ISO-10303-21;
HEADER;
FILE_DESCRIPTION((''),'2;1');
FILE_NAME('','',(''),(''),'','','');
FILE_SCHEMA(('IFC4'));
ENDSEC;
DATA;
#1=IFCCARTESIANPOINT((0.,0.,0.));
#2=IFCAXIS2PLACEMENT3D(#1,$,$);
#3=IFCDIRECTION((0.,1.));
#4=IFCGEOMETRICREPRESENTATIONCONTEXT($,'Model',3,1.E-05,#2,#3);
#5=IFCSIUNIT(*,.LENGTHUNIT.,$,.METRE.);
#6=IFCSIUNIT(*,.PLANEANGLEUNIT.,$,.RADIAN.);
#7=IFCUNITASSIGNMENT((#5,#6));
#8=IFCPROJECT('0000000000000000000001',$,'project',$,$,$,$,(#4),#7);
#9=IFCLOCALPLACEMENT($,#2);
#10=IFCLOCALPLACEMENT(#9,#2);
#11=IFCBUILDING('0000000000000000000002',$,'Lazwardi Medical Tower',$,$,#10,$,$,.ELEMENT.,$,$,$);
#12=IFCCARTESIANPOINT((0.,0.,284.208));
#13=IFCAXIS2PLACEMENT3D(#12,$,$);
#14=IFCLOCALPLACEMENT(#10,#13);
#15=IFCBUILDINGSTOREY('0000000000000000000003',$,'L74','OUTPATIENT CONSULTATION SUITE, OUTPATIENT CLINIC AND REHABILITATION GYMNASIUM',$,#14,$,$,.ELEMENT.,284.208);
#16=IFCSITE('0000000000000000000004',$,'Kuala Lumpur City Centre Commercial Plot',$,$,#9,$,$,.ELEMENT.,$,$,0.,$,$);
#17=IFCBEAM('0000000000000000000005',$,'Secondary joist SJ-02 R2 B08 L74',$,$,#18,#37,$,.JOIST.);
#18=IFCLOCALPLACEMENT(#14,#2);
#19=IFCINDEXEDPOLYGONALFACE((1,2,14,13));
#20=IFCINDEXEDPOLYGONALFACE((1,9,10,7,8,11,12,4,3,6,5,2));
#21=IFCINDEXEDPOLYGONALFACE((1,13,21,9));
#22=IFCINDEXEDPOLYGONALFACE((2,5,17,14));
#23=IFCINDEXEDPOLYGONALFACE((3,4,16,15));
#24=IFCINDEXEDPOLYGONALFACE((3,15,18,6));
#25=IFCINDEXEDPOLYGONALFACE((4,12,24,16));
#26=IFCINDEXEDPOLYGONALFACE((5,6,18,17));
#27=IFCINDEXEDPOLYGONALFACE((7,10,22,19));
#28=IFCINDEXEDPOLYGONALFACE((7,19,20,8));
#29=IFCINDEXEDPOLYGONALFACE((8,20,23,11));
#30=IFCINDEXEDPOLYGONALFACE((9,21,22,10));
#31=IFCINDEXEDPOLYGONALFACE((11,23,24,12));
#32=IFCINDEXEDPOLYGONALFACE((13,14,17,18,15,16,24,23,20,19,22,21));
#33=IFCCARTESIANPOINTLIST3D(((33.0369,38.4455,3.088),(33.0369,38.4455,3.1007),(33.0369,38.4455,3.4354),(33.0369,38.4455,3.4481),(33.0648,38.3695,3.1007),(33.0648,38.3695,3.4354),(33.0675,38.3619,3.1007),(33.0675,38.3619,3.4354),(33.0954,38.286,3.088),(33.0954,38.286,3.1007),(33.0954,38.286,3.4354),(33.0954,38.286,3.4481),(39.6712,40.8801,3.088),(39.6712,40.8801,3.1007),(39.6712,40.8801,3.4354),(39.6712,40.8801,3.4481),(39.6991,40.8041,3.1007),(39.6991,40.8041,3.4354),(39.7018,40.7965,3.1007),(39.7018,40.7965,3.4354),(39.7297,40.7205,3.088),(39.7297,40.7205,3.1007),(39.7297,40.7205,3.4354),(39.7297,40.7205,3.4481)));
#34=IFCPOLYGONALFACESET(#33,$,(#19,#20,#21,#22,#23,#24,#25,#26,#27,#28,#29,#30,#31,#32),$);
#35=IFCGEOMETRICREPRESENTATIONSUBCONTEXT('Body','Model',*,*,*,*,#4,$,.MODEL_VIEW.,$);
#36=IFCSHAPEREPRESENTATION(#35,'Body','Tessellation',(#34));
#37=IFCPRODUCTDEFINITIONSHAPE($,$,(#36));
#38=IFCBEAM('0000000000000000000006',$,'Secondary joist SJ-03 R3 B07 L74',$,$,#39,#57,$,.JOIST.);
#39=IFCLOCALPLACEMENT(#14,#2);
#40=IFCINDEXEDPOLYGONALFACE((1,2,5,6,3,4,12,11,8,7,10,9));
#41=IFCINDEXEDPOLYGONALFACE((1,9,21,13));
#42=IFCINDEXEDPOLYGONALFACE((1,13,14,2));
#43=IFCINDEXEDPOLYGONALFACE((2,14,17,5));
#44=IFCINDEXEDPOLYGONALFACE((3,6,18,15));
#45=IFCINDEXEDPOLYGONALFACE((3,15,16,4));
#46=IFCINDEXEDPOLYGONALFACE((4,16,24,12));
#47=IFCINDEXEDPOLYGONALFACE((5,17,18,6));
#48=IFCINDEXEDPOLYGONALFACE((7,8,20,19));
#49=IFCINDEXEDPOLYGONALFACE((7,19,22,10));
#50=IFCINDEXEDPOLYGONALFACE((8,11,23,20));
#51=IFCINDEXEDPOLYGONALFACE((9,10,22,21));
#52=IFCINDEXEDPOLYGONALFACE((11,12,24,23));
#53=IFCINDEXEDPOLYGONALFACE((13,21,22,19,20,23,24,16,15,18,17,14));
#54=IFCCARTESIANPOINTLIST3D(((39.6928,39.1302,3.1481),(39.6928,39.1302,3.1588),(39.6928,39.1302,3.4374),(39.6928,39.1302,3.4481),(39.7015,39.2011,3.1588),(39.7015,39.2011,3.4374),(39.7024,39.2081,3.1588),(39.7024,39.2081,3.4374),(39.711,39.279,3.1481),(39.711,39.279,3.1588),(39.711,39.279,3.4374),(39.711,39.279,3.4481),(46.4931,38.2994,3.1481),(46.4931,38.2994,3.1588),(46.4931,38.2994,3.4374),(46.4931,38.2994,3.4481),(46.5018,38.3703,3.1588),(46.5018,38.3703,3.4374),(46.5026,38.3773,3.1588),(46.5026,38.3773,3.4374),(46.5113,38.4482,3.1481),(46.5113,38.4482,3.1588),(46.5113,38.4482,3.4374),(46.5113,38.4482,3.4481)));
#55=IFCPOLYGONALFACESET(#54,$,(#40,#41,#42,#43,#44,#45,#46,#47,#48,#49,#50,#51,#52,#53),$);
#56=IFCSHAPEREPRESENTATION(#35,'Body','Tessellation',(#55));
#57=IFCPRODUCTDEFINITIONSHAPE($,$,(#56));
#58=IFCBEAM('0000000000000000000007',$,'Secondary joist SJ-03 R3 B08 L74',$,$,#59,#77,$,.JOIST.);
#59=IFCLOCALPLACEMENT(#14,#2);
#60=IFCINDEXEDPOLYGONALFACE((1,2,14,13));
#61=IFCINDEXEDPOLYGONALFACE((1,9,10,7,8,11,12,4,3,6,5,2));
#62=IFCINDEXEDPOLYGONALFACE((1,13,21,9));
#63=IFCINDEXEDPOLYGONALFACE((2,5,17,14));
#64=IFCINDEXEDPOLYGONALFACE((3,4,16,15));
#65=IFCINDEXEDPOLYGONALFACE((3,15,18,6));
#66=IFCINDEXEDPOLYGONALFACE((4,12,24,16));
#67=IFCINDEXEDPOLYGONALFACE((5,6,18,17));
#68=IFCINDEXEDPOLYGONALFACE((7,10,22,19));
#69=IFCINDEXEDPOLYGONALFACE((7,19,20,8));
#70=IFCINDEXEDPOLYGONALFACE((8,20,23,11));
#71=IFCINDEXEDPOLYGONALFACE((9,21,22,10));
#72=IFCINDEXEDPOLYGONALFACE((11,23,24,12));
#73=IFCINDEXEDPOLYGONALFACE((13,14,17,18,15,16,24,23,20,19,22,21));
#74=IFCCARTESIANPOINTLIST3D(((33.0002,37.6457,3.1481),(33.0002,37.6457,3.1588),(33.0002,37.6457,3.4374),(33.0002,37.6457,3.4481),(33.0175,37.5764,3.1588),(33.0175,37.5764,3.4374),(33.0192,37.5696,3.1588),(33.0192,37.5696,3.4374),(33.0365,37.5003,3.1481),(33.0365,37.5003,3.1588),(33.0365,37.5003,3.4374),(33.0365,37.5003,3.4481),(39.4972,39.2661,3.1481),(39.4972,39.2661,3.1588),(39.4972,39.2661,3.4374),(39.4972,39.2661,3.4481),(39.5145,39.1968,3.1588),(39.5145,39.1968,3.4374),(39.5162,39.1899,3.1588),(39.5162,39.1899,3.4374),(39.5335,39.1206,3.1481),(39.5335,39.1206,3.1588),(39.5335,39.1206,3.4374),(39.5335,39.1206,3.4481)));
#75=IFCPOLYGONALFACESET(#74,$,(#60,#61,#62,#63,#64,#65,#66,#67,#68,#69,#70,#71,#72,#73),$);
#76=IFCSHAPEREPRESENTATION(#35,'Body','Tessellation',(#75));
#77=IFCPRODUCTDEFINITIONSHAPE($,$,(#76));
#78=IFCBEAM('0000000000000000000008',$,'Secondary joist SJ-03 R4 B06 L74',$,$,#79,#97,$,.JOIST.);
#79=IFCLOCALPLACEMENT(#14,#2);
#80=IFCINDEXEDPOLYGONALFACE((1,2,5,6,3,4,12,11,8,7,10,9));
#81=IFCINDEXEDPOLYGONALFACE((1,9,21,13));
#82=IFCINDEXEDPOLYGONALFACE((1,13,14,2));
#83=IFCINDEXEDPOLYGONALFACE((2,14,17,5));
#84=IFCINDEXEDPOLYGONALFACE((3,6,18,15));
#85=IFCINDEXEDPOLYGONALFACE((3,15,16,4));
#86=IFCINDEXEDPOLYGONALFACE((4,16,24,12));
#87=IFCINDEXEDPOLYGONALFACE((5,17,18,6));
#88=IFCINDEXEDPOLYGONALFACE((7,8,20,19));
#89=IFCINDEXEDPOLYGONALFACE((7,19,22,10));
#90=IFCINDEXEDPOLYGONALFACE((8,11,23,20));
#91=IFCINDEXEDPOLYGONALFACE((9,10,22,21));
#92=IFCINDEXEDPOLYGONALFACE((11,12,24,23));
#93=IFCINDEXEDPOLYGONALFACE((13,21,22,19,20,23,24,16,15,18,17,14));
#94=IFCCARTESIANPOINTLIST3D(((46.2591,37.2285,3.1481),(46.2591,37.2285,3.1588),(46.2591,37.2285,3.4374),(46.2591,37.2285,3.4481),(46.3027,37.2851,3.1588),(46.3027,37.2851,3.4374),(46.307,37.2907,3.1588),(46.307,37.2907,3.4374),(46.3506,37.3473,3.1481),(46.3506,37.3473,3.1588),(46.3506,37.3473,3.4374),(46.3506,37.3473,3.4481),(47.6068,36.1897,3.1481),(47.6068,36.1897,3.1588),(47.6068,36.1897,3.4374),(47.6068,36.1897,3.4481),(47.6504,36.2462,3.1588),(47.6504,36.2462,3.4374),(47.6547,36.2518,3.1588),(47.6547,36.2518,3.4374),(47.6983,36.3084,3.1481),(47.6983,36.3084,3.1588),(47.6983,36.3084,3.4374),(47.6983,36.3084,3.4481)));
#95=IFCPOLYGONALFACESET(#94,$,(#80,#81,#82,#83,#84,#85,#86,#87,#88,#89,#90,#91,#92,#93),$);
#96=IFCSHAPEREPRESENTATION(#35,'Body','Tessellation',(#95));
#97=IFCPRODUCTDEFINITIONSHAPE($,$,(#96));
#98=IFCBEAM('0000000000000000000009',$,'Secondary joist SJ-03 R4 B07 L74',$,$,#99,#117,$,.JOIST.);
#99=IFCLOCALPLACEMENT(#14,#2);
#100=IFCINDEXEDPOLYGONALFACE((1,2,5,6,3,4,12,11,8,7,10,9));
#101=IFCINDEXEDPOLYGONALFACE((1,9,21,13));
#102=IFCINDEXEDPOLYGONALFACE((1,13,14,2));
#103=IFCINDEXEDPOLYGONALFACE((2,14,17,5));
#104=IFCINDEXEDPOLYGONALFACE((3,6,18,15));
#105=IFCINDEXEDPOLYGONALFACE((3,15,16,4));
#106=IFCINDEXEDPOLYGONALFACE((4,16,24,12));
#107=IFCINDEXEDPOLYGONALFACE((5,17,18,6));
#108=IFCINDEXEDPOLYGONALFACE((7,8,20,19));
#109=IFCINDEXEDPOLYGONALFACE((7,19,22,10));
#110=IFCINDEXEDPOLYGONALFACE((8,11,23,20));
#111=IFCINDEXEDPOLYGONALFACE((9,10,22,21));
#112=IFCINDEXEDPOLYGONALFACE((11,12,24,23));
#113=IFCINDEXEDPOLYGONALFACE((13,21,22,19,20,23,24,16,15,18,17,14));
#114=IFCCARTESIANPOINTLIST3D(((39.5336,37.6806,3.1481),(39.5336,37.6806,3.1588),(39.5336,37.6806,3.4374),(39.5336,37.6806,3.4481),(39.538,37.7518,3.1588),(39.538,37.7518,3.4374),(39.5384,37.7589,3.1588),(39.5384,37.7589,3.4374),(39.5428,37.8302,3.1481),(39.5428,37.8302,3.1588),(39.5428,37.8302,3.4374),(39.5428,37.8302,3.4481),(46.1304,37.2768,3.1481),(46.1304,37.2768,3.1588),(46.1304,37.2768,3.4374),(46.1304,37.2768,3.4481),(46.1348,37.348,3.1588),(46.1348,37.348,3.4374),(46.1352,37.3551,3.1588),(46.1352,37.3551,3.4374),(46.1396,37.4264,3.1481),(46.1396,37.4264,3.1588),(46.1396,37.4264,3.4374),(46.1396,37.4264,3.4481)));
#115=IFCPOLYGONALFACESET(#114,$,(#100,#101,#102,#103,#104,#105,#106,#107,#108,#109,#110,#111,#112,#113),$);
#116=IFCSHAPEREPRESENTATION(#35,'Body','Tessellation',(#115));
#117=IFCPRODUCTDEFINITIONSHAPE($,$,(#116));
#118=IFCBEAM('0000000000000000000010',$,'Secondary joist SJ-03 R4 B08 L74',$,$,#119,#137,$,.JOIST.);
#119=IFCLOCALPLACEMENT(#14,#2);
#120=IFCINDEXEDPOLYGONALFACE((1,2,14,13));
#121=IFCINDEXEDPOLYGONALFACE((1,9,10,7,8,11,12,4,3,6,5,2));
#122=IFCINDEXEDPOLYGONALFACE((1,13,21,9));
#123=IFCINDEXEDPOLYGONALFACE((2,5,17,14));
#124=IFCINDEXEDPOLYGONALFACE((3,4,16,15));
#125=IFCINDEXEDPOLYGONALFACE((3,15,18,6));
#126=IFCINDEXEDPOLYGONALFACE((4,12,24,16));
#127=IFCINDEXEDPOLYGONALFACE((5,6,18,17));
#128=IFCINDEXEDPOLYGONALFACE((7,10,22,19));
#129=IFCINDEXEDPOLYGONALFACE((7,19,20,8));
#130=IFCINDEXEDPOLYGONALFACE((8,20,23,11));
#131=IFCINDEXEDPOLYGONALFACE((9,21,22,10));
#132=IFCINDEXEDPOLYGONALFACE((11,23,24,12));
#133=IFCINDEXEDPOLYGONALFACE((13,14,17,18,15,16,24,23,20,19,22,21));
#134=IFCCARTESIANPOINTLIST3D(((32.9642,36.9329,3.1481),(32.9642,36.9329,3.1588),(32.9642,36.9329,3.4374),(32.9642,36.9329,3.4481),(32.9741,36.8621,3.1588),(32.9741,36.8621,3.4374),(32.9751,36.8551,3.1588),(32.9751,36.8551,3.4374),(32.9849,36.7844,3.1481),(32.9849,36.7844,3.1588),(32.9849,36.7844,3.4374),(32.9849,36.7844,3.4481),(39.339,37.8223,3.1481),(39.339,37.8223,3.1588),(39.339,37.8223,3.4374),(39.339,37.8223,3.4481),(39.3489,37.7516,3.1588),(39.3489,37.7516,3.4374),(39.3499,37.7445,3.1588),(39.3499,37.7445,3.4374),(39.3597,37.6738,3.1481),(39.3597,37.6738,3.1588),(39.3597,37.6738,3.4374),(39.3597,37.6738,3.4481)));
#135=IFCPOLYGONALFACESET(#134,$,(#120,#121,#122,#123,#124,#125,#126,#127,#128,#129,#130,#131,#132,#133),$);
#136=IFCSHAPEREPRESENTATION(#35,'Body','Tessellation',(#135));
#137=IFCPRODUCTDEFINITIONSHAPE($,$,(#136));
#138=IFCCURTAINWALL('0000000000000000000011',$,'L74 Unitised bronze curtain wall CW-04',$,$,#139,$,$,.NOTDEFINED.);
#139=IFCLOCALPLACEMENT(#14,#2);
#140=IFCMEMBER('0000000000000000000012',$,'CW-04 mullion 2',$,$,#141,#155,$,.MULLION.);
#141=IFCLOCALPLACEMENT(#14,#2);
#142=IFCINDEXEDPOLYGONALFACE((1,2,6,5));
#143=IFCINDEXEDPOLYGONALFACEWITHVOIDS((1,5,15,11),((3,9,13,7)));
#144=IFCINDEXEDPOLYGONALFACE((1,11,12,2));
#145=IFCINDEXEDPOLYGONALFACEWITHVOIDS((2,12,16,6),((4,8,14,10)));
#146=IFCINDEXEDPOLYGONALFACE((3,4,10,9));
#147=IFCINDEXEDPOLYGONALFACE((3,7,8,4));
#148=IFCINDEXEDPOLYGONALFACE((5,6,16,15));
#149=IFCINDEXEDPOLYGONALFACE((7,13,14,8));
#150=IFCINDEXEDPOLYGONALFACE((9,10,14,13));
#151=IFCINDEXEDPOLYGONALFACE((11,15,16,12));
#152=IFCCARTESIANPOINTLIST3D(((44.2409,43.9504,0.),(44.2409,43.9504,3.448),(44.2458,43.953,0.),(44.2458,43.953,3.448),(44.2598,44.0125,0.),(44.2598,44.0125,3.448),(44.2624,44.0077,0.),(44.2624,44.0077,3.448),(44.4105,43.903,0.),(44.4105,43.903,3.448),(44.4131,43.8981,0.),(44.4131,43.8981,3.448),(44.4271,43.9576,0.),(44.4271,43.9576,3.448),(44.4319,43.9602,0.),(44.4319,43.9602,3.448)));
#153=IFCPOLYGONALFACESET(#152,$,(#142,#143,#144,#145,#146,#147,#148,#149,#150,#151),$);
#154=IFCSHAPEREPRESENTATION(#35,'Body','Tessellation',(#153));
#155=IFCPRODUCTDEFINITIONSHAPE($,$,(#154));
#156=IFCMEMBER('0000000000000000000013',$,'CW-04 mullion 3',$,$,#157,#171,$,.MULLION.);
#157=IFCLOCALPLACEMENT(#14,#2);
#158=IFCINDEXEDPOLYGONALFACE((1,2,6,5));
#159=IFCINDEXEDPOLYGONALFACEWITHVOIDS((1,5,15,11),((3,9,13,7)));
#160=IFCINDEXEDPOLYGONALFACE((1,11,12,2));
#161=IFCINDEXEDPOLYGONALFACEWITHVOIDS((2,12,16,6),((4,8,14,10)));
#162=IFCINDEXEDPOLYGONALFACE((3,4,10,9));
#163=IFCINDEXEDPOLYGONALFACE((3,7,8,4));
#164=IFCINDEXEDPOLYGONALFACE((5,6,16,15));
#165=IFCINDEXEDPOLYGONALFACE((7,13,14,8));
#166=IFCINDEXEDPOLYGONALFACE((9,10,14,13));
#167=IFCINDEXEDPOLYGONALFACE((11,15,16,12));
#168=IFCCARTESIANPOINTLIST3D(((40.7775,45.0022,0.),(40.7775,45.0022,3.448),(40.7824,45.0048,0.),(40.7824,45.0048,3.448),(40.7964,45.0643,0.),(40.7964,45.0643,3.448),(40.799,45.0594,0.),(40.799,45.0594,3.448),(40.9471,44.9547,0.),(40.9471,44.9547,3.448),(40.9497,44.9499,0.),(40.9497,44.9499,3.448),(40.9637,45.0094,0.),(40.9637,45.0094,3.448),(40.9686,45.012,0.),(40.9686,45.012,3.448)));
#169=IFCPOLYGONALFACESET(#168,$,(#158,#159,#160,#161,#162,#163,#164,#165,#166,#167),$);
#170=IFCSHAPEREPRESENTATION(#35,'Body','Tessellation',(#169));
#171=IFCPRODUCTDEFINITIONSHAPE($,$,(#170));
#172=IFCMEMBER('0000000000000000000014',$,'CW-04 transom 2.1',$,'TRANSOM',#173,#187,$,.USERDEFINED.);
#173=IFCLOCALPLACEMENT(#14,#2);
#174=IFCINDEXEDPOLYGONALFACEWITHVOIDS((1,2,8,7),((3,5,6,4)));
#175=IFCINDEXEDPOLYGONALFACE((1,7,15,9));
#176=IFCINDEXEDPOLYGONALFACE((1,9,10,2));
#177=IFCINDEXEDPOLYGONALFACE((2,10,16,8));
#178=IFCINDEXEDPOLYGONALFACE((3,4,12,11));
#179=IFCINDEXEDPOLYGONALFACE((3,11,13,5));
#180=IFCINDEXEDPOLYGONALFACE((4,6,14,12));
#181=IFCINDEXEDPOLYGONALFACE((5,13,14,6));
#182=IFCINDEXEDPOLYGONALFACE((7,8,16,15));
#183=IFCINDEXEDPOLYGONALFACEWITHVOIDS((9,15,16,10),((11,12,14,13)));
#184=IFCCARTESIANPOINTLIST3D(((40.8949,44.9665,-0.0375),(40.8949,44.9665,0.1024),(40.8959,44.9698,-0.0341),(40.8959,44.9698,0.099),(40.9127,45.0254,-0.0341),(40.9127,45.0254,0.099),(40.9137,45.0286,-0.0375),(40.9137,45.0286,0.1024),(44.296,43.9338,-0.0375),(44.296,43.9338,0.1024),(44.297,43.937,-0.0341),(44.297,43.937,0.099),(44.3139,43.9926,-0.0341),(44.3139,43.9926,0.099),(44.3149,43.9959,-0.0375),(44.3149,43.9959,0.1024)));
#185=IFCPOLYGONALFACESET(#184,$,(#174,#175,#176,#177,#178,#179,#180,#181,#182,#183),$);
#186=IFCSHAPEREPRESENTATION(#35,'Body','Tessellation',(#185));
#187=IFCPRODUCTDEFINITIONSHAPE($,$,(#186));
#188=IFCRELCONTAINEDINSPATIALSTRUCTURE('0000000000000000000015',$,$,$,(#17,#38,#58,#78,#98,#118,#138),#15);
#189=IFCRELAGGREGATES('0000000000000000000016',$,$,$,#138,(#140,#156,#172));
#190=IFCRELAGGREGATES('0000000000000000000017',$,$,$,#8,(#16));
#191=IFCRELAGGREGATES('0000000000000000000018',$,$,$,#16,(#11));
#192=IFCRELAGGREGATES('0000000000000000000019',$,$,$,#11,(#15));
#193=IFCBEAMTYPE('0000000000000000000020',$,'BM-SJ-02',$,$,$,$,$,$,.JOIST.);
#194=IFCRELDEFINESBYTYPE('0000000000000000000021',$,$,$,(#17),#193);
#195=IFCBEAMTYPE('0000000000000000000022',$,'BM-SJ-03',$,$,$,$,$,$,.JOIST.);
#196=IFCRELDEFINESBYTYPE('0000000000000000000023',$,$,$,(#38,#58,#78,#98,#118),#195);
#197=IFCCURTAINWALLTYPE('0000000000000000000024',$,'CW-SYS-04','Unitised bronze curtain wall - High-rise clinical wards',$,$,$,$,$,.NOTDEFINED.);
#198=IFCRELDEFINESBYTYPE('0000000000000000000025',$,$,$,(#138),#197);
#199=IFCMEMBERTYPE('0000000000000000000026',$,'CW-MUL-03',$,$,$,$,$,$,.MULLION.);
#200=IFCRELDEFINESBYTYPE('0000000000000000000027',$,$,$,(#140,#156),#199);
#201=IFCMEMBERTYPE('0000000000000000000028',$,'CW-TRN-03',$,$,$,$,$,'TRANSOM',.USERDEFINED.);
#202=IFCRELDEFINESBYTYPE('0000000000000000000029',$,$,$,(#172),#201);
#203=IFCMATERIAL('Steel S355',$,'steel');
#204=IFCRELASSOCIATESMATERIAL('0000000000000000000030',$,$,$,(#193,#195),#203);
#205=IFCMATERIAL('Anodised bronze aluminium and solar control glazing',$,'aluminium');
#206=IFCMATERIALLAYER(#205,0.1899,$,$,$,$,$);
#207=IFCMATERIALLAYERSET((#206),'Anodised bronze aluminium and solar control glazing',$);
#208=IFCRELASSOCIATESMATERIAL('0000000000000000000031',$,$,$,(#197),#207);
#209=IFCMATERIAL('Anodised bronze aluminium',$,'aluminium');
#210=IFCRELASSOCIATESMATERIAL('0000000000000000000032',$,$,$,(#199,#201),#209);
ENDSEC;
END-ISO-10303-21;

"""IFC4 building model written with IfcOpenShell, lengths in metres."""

from ifc_helpers import new_model, si_unit, direction, frame, origin, origin_2d, place, context, subcontext, project, spatial, hollow_rectangle, i_section, extrude, material, layer, layer_set, material_profile, profile_set, type_object, element, aggregate, save


model = new_model("IFC4")

# Units and contexts
model_context = context("Model", 3, precision=1e-05, world=origin(), true_north=direction((0.0, 1.0)))
body_context = subcontext(model_context, "Body", "Model", "MODEL_VIEW")
ifc_project = project(units=[si_unit("LENGTHUNIT", "METRE"), si_unit("PLANEANGLEUNIT", "RADIAN")], contexts=[model_context])

# Site, building, storey
site_placement = place(None, origin())
site = spatial("IfcSite", under=ifc_project, at=site_placement, Name="Kuala Lumpur City Centre Commercial Plot", CompositionType="ELEMENT", RefElevation=0.0)
building_placement = place(site_placement, origin())
building = spatial("IfcBuilding", under=site, at=building_placement, Name="Lazwardi Medical Tower", CompositionType="ELEMENT")
storey_placement = place(building_placement, frame((0.0, 0.0, 284.208)))
storey = spatial("IfcBuildingStorey", under=building, at=storey_placement, Name="L74", Description="OUTPATIENT CONSULTATION SUITE, OUTPATIENT CLINIC AND REHABILITATION GYMNASIUM", CompositionType="ELEMENT", Elevation=284.208)

# Beams
ifc_material_1 = material(Name="Steel S355", Category="steel")
ifc_material_profile_1 = material_profile(ifc_material_1, i_section(OverallWidth=0.1699, OverallDepth=0.3601, WebThickness=0.0081, FlangeThickness=0.0127, at=origin_2d()), Name="IPE 360")
ifc_profile_set_1 = profile_set([ifc_material_profile_1], Name="Steel S355")
beam_type_1 = type_object("IfcBeamType", Name="BM-SJ-02", PredefinedType="JOIST", material=ifc_profile_set_1)
beam_1_placement = place(storey_placement, frame((39.7004, 40.8003, 3.2681), z_axis=(-0.938785, -0.344504, 0.0), x_axis=(0.344504, -0.938785, 0.0)))
element("IfcBeam", 1, at=beam_1_placement, inside=storey, type_object=beam_type_1, Name="Secondary joist SJ-02 R2 B08 L74", PredefinedType="JOIST", context=body_context, shape_type="SweptSolid", body=[
    extrude(i_section(OverallWidth=0.1699, OverallDepth=0.3601, WebThickness=0.0081, FlangeThickness=0.0127, at=origin_2d()), origin(), (0.0, 0.0, 1.0), 7.0669),
])
ifc_material_profile_2 = material_profile(ifc_material_1, i_section(OverallWidth=0.1499, OverallDepth=0.3, WebThickness=0.0071, FlangeThickness=0.0107, at=origin_2d()), Name="IPE 300")
ifc_profile_set_2 = profile_set([ifc_material_profile_2], Name="Steel S355")
beam_type_2 = type_object("IfcBeamType", Name="BM-SJ-03", PredefinedType="JOIST", material=ifc_profile_set_2)
beam_2_placement = place(storey_placement, frame((46.5022, 38.3738, 3.2981), z_axis=(-0.992619, 0.121271, 0.0), x_axis=(-0.121271, -0.992619, 0.0)))
element("IfcBeam", 2, at=beam_2_placement, inside=storey, type_object=beam_type_2, Name="Secondary joist SJ-03 R3 B07 L74", PredefinedType="JOIST", context=body_context, shape_type="SweptSolid", body=[
    extrude(i_section(OverallWidth=0.1499, OverallDepth=0.3, WebThickness=0.0071, FlangeThickness=0.0107, at=origin_2d()), origin(), (0.0, 0.0, 1.0), 6.8508),
])
beam_3_placement = place(storey_placement, frame((39.5154, 39.1934, 3.2981), z_axis=(-0.97028, -0.241987, 0.0), x_axis=(0.241987, -0.97028, 0.0)))
element("IfcBeam", 3, at=beam_3_placement, inside=storey, type_object=beam_type_2, Name="Secondary joist SJ-03 R3 B08 L74", PredefinedType="JOIST", context=body_context, shape_type="SweptSolid", body=[
    extrude(i_section(OverallWidth=0.1499, OverallDepth=0.3, WebThickness=0.0071, FlangeThickness=0.0107, at=origin_2d()), origin(), (0.0, 0.0, 1.0), 6.696),
])
beam_4_placement = place(storey_placement, frame((47.6526, 36.249, 3.2981), z_axis=(-0.79201, 0.610508, 0.0), x_axis=(-0.610508, -0.79201, 0.0)))
element("IfcBeam", 4, at=beam_4_placement, inside=storey, type_object=beam_type_2, Name="Secondary joist SJ-03 R4 B06 L74", PredefinedType="JOIST", context=body_context, shape_type="SweptSolid", body=[
    extrude(i_section(OverallWidth=0.1499, OverallDepth=0.3, WebThickness=0.0071, FlangeThickness=0.0107, at=origin_2d()), origin(), (0.0, 0.0, 1.0), 1.7017),
])
beam_5_placement = place(storey_placement, frame((46.135, 37.3516, 3.2981), z_axis=(-0.998132, 0.0611, 0.0), x_axis=(-0.0611, -0.998132, 0.0)))
element("IfcBeam", 5, at=beam_5_placement, inside=storey, type_object=beam_type_2, Name="Secondary joist SJ-03 R4 B07 L74", PredefinedType="JOIST", context=body_context, shape_type="SweptSolid", body=[
    extrude(i_section(OverallWidth=0.1499, OverallDepth=0.3, WebThickness=0.0071, FlangeThickness=0.0107, at=origin_2d()), origin(), (0.0, 0.0, 1.0), 6.6091),
])
beam_6_placement = place(storey_placement, frame((39.3494, 37.748, 3.2981), z_axis=(-0.990407, -0.138181, 0.0), x_axis=(0.138181, -0.990407, 0.0)))
element("IfcBeam", 6, at=beam_6_placement, inside=storey, type_object=beam_type_2, Name="Secondary joist SJ-03 R4 B08 L74", PredefinedType="JOIST", context=body_context, shape_type="SweptSolid", body=[
    extrude(i_section(OverallWidth=0.1499, OverallDepth=0.3, WebThickness=0.0071, FlangeThickness=0.0107, at=origin_2d()), origin(), (0.0, 0.0, 1.0), 6.4365),
])

# Curtain wall, members
ifc_material_2 = material(Name="Anodised bronze aluminium and solar control glazing", Category="aluminium")
ifc_layer_1 = layer(ifc_material_2, 0.1899)
ifc_layer_set_1 = layer_set([ifc_layer_1], Name="Anodised bronze aluminium and solar control glazing")
curtain_wall_type = type_object("IfcCurtainWallType", Name="CW-SYS-04", Description="Unitised bronze curtain wall - High-rise clinical wards", PredefinedType="NOTDEFINED", material=ifc_layer_set_1)
curtain_wall_placement = place(storey_placement, origin())
curtain_wall = element("IfcCurtainWall", 7, at=curtain_wall_placement, inside=storey, type_object=curtain_wall_type, Name="L74 Unitised bronze curtain wall CW-04", PredefinedType="NOTDEFINED")
ifc_material_3 = material(Name="Anodised bronze aluminium", Category="aluminium")
ifc_material_profile_3 = material_profile(ifc_material_3, hollow_rectangle(XDim=0.0649, YDim=0.1799, WallThickness=0.0039, at=origin_2d()), Name="ALU-MULLION 180x65x4")
ifc_profile_set_3 = profile_set([ifc_material_profile_3], Name="Anodised bronze aluminium")
member_type_1 = type_object("IfcMemberType", Name="CW-MUL-03", PredefinedType="MULLION", material=ifc_profile_set_3)
member_1_placement = place(storey_placement, frame((44.3364, 43.9553, 0.0), z_axis=(0.0, 0.0, 1.0), x_axis=(-0.290582, -0.95685, 0.0)))
member_1 = element("IfcMember", 8, at=member_1_placement, type_object=member_type_1, Name="CW-04 mullion 2", PredefinedType="MULLION", context=body_context, shape_type="SweptSolid", body=[
    extrude(hollow_rectangle(XDim=0.0649, YDim=0.1799, WallThickness=0.0039, at=origin_2d()), origin(), (0.0, 0.0, 1.0), 3.448),
])
member_2_placement = place(storey_placement, frame((40.873, 45.0071, 0.0), z_axis=(0.0, 0.0, 1.0), x_axis=(-0.290582, -0.95685, 0.0)))
member_2 = element("IfcMember", 9, at=member_2_placement, type_object=member_type_1, Name="CW-04 mullion 3", PredefinedType="MULLION", context=body_context, shape_type="SweptSolid", body=[
    extrude(hollow_rectangle(XDim=0.0649, YDim=0.1799, WallThickness=0.0039, at=origin_2d()), origin(), (0.0, 0.0, 1.0), 3.448),
])
ifc_material_profile_4 = material_profile(ifc_material_3, hollow_rectangle(XDim=0.0649, YDim=0.1399, WallThickness=0.0034, at=origin_2d()), Name="ALU-TRANSOM 140x65x3.5")
ifc_profile_set_4 = profile_set([ifc_material_profile_4], Name="Anodised bronze aluminium")
member_type_2 = type_object("IfcMemberType", Name="CW-TRN-03", ElementType="TRANSOM", PredefinedType="USERDEFINED", material=ifc_profile_set_4)
member_3_placement = place(storey_placement, frame((44.3054, 43.9648, 0.0325), z_axis=(-0.956863, 0.290541, 0.0), x_axis=(-0.290541, -0.956863, 0.0)))
member_3 = element("IfcMember", 10, at=member_3_placement, type_object=member_type_2, Name="CW-04 transom 2.1", ObjectType="TRANSOM", PredefinedType="USERDEFINED", context=body_context, shape_type="SweptSolid", body=[
    extrude(hollow_rectangle(XDim=0.0649, YDim=0.1399, WallThickness=0.0034, at=origin_2d()), origin(), (0.0, 0.0, 1.0), 3.5544),
])
aggregate(curtain_wall, [member_1, member_2, member_3])

save(model, "model.ifc")
